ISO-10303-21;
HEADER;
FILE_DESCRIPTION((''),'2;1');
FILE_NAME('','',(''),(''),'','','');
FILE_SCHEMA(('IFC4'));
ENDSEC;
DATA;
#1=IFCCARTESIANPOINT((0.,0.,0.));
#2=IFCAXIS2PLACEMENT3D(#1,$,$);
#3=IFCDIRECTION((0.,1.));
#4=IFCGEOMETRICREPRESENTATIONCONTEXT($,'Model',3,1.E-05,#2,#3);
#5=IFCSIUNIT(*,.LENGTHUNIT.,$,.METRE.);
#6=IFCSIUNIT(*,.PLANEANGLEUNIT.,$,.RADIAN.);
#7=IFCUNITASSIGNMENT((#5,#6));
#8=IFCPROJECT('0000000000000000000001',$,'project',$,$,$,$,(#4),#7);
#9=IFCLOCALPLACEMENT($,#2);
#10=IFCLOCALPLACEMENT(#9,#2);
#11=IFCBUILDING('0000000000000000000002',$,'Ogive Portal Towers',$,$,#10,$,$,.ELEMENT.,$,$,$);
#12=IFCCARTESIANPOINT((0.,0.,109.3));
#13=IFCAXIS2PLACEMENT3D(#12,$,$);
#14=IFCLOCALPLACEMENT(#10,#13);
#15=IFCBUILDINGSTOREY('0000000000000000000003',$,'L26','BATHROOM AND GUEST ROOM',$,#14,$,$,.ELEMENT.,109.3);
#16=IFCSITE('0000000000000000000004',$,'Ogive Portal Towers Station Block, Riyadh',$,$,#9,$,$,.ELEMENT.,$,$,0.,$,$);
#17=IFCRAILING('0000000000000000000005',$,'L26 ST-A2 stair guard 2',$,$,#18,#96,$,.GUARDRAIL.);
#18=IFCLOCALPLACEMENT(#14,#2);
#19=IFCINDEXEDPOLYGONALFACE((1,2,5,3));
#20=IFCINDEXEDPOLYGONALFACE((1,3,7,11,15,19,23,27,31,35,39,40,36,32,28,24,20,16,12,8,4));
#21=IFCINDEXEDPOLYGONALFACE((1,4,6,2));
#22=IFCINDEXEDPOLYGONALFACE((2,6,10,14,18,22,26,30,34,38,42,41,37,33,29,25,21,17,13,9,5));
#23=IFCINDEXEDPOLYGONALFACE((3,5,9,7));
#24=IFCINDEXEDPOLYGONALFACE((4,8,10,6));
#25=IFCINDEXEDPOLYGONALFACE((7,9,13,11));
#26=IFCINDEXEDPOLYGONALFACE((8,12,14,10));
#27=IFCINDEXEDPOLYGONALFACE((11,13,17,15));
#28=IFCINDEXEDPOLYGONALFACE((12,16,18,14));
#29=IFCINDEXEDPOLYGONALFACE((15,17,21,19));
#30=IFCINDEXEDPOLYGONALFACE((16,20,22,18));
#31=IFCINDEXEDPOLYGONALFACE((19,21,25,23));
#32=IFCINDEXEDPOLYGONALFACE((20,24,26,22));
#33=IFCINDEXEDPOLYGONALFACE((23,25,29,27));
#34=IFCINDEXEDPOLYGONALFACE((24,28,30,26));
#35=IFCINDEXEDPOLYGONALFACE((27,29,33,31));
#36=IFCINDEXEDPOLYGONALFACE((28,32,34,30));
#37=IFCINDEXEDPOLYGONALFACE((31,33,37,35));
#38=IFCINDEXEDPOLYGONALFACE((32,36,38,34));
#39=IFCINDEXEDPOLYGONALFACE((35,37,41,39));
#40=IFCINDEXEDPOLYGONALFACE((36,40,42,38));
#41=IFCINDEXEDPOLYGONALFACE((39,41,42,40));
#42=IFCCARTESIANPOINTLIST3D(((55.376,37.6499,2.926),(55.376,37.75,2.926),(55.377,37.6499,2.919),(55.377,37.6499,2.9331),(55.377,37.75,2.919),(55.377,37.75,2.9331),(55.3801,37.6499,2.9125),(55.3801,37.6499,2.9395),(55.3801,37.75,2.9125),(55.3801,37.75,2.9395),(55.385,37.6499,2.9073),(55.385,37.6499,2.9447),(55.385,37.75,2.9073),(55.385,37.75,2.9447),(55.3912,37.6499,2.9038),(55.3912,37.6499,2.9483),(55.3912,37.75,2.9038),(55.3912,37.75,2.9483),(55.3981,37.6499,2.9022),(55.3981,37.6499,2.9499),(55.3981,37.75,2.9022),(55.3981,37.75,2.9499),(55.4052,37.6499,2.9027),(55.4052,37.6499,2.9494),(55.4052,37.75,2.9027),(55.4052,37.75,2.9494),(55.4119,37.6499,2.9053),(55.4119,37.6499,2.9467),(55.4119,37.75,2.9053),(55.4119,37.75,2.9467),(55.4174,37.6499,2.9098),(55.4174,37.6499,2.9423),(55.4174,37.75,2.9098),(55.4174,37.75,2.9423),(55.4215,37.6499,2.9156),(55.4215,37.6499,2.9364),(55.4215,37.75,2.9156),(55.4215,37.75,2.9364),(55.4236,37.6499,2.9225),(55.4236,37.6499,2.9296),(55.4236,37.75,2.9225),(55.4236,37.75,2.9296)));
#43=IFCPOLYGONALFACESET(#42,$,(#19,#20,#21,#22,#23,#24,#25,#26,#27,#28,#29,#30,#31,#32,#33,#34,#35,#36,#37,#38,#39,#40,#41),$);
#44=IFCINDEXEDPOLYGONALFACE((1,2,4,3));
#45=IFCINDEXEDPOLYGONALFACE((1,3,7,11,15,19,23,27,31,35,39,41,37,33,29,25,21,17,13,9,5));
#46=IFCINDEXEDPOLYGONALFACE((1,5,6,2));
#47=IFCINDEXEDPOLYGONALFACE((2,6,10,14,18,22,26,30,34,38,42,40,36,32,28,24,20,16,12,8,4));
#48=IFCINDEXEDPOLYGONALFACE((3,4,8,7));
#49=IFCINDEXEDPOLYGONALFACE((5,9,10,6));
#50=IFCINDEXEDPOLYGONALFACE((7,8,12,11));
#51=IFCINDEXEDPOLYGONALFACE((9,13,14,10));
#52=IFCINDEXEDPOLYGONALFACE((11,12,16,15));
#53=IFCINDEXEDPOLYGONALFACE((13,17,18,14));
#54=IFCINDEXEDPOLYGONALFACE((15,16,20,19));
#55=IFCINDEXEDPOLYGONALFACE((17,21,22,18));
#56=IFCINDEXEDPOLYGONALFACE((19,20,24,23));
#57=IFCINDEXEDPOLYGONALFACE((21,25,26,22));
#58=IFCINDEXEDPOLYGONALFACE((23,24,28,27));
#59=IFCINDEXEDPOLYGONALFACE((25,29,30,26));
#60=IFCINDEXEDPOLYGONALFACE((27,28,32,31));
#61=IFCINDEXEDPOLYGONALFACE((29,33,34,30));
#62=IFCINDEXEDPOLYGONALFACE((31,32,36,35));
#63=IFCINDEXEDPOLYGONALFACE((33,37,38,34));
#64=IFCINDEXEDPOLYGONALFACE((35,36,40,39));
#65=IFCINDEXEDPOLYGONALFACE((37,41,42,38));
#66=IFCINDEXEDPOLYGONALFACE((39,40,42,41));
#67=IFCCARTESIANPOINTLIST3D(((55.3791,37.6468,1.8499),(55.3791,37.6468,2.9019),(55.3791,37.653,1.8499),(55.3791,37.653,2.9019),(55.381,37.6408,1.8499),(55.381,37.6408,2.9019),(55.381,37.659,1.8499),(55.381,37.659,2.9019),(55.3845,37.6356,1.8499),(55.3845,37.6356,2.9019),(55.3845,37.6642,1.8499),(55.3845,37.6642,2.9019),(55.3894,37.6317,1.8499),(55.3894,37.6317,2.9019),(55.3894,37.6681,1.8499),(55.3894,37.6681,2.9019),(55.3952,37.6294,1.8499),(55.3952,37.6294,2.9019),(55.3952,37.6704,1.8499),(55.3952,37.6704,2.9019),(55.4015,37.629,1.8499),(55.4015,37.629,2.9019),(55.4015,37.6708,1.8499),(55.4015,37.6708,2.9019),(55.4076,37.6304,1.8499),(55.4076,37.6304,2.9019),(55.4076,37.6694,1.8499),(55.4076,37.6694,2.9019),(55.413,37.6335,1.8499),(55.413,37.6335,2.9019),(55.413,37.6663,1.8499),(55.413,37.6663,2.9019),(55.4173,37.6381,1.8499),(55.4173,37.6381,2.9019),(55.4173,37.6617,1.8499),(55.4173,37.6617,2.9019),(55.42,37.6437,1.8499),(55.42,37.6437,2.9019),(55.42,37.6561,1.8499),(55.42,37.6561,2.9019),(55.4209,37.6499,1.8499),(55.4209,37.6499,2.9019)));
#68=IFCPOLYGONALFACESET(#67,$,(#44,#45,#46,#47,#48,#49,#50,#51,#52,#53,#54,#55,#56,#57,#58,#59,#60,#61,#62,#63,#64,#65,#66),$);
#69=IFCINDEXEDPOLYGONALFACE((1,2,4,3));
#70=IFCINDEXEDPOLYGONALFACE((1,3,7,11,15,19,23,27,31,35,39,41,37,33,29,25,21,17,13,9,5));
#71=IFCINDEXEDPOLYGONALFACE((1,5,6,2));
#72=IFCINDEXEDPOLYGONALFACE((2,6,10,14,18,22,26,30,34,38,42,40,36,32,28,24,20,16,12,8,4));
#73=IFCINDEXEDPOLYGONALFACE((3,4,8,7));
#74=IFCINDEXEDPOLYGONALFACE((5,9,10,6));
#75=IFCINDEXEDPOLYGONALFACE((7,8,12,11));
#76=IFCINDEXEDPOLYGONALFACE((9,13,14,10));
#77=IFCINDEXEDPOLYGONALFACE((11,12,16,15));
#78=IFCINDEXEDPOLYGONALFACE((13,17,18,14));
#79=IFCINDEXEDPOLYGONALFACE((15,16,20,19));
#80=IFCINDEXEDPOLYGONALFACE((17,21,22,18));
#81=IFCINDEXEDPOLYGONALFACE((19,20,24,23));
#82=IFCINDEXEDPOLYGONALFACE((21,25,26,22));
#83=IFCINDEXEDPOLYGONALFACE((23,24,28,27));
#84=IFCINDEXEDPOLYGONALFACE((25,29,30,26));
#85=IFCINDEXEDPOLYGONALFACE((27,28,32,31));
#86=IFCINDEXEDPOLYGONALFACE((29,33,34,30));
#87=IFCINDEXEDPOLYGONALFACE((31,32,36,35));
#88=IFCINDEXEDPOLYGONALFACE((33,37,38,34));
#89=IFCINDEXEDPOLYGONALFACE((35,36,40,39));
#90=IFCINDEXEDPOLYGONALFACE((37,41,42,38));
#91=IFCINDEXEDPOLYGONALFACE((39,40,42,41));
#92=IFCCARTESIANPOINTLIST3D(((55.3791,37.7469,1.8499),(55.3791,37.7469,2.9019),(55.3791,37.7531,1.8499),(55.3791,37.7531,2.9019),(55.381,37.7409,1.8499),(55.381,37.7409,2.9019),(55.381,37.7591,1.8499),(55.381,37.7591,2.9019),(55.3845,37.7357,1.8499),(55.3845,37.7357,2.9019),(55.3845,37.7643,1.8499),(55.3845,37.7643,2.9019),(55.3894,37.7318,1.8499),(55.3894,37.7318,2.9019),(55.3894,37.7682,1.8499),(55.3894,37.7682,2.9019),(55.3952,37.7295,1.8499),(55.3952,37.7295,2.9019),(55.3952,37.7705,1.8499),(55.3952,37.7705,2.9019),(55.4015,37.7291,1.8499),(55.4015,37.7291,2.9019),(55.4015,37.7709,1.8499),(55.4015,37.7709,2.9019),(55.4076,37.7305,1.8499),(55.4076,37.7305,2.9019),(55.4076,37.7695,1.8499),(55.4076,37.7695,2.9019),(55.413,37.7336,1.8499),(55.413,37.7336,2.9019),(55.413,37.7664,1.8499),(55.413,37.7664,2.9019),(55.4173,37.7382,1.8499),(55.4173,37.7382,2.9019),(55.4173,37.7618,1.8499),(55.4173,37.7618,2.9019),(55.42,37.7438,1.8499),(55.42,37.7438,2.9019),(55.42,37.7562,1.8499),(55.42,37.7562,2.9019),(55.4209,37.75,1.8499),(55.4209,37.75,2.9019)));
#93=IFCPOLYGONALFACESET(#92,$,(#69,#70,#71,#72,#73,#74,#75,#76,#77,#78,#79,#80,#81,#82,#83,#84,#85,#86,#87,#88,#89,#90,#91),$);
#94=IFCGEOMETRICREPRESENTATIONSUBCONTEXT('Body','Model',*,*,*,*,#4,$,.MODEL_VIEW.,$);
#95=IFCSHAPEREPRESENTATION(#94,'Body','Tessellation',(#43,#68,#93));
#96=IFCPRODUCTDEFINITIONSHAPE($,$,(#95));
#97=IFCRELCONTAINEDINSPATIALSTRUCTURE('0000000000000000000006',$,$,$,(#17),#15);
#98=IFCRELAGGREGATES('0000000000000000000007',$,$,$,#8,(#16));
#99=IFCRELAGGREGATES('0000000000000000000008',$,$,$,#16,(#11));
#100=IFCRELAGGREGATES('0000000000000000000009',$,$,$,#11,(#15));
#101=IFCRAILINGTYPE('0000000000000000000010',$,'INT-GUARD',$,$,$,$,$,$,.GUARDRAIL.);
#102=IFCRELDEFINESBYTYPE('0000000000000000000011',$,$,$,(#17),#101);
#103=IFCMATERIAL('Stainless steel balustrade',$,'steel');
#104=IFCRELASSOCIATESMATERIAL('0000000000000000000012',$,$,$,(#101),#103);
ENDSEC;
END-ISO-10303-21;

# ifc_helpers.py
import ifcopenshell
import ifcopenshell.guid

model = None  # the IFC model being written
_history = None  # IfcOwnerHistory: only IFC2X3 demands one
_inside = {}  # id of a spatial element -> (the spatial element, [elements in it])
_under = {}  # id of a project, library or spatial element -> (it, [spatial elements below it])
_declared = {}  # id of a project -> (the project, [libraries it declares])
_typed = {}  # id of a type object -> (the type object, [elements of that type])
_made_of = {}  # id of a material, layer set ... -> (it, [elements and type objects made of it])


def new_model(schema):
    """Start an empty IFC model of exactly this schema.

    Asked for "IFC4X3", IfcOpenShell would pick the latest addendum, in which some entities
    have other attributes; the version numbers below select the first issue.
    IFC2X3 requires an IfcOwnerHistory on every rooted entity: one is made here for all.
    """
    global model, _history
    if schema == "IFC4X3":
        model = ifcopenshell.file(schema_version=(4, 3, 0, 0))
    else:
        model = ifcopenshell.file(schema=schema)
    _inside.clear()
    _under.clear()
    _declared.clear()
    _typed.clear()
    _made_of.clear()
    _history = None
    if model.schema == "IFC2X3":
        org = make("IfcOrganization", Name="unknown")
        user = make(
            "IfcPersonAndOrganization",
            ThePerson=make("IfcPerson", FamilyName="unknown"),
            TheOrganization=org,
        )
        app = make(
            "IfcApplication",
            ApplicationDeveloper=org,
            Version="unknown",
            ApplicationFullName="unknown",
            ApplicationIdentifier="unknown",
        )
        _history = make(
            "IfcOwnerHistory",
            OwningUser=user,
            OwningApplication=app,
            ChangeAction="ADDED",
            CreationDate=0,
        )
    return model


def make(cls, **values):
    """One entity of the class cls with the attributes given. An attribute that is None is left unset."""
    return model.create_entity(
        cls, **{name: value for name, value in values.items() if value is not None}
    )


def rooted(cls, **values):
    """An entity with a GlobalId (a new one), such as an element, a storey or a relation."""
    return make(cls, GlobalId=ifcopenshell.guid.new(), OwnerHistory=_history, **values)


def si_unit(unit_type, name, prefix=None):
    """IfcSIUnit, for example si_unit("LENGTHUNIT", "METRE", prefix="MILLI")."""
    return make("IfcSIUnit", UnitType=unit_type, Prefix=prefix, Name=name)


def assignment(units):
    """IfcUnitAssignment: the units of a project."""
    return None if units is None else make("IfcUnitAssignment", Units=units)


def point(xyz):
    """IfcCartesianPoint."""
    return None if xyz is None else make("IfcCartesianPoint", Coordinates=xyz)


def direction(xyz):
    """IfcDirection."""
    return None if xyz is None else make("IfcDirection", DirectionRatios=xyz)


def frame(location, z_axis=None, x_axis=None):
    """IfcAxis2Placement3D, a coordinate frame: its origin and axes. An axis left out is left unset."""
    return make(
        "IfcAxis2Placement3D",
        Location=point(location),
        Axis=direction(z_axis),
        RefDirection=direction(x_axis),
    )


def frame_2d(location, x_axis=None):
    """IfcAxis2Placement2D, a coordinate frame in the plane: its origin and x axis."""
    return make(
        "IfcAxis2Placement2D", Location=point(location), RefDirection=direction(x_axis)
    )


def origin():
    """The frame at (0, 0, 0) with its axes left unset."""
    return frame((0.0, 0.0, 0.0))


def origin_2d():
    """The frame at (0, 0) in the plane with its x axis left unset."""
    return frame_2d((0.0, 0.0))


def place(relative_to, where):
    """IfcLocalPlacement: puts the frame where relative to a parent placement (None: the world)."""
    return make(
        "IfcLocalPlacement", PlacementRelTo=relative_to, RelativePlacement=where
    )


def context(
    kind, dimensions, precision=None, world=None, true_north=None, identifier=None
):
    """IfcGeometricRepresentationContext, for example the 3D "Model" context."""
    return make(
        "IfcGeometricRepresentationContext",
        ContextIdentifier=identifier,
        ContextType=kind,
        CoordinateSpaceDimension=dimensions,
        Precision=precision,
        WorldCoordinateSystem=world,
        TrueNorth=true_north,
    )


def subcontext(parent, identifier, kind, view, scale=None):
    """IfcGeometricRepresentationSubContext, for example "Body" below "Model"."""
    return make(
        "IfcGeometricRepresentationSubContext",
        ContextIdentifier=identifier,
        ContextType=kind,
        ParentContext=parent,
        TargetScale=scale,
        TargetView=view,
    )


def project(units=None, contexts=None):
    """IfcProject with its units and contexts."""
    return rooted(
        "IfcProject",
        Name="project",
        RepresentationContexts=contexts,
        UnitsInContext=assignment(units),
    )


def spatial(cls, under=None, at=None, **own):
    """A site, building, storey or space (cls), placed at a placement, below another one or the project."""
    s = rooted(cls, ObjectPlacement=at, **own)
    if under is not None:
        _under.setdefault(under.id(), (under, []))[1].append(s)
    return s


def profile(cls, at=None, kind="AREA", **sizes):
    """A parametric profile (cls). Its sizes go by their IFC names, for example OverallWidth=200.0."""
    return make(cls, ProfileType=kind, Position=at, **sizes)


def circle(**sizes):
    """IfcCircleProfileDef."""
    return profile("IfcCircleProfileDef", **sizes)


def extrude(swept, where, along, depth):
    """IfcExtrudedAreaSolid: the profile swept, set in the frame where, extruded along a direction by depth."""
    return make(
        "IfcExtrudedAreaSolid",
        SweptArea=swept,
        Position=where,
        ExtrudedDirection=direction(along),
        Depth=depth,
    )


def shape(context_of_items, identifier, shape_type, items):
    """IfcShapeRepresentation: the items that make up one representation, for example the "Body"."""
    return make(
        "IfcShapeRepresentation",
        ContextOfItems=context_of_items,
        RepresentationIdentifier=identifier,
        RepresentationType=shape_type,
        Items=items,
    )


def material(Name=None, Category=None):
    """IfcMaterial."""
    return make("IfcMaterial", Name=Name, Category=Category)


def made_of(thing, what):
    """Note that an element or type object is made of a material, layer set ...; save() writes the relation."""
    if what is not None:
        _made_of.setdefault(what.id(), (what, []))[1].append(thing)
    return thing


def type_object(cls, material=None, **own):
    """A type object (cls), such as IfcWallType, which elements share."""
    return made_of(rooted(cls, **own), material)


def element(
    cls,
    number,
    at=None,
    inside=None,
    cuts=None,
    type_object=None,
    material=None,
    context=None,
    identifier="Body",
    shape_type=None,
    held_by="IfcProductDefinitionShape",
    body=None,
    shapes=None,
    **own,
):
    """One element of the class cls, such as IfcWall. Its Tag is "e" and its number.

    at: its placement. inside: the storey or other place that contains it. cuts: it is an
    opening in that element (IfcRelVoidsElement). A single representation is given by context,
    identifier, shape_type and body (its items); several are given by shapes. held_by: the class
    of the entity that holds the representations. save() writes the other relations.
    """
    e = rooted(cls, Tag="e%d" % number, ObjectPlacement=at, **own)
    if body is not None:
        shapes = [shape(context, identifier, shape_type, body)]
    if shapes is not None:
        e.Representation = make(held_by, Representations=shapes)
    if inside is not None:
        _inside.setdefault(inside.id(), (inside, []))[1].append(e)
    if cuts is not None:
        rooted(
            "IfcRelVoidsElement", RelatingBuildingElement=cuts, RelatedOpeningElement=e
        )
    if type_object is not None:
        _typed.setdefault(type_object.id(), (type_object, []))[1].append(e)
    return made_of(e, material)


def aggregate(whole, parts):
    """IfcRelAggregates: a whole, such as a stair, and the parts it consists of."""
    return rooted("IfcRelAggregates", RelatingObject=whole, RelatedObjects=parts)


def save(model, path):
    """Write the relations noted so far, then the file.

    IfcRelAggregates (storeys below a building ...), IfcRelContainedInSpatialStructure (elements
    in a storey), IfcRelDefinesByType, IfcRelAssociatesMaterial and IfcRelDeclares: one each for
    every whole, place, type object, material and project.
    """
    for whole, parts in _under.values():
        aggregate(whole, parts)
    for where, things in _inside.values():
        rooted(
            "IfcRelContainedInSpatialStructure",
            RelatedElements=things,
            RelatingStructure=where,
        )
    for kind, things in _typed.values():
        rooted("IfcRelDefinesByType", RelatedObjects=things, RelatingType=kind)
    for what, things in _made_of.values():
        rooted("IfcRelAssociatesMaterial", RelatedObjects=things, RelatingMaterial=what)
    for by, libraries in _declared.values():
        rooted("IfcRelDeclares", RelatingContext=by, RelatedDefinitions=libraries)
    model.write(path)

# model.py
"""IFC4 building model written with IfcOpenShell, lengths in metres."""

from ifc_helpers import new_model, si_unit, direction, frame, origin, origin_2d, place, context, subcontext, project, spatial, circle, extrude, material, type_object, element, save


model = new_model("IFC4")

# Units and contexts
model_context = context("Model", 3, precision=1e-05, world=origin(), true_north=direction((0.0, 1.0)))
body_context = subcontext(model_context, "Body", "Model", "MODEL_VIEW")
ifc_project = project(units=[si_unit("LENGTHUNIT", "METRE"), si_unit("PLANEANGLEUNIT", "RADIAN")], contexts=[model_context])

# Site, building, storey
site_placement = place(None, origin())
site = spatial("IfcSite", under=ifc_project, at=site_placement, Name="Ogive Portal Towers Station Block, Riyadh", CompositionType="ELEMENT", RefElevation=0.0)
building_placement = place(site_placement, origin())
building = spatial("IfcBuilding", under=site, at=building_placement, Name="Ogive Portal Towers", CompositionType="ELEMENT")
storey_placement = place(building_placement, frame((0.0, 0.0, 109.3)))
storey = spatial("IfcBuildingStorey", under=building, at=storey_placement, Name="L26", Description="BATHROOM AND GUEST ROOM", CompositionType="ELEMENT", Elevation=109.3)

# Railing
ifc_material_1 = material(Name="Stainless steel balustrade", Category="steel")
railing_type_1 = type_object("IfcRailingType", Name="INT-GUARD", PredefinedType="GUARDRAIL", material=ifc_material_1)
railing_1_placement = place(storey_placement, frame((55.3999, 37.6499, 1.8499)))
element("IfcRailing", 1, at=railing_1_placement, inside=storey, type_object=railing_type_1, Name="L26 ST-A2 stair guard 2", PredefinedType="GUARDRAIL", context=body_context, shape_type="SweptSolid", body=[
    extrude(circle(Radius=0.0239, at=origin_2d()), frame((0.0, 0.0, 1.0762), z_axis=(0.0, 1.0, 0.0), x_axis=(-1.0, 0.0, 0.0)), (0.0, 0.0, 1.0), 0.1001),
    extrude(circle(Radius=0.021, at=origin_2d()), origin(), (0.0, 0.0, 1.0), 1.052),
    extrude(circle(Radius=0.021, at=origin_2d()), frame((0.0, 0.1001, 0.0)), (0.0, 0.0, 1.0), 1.052),
])

save(model, "model.ifc")
